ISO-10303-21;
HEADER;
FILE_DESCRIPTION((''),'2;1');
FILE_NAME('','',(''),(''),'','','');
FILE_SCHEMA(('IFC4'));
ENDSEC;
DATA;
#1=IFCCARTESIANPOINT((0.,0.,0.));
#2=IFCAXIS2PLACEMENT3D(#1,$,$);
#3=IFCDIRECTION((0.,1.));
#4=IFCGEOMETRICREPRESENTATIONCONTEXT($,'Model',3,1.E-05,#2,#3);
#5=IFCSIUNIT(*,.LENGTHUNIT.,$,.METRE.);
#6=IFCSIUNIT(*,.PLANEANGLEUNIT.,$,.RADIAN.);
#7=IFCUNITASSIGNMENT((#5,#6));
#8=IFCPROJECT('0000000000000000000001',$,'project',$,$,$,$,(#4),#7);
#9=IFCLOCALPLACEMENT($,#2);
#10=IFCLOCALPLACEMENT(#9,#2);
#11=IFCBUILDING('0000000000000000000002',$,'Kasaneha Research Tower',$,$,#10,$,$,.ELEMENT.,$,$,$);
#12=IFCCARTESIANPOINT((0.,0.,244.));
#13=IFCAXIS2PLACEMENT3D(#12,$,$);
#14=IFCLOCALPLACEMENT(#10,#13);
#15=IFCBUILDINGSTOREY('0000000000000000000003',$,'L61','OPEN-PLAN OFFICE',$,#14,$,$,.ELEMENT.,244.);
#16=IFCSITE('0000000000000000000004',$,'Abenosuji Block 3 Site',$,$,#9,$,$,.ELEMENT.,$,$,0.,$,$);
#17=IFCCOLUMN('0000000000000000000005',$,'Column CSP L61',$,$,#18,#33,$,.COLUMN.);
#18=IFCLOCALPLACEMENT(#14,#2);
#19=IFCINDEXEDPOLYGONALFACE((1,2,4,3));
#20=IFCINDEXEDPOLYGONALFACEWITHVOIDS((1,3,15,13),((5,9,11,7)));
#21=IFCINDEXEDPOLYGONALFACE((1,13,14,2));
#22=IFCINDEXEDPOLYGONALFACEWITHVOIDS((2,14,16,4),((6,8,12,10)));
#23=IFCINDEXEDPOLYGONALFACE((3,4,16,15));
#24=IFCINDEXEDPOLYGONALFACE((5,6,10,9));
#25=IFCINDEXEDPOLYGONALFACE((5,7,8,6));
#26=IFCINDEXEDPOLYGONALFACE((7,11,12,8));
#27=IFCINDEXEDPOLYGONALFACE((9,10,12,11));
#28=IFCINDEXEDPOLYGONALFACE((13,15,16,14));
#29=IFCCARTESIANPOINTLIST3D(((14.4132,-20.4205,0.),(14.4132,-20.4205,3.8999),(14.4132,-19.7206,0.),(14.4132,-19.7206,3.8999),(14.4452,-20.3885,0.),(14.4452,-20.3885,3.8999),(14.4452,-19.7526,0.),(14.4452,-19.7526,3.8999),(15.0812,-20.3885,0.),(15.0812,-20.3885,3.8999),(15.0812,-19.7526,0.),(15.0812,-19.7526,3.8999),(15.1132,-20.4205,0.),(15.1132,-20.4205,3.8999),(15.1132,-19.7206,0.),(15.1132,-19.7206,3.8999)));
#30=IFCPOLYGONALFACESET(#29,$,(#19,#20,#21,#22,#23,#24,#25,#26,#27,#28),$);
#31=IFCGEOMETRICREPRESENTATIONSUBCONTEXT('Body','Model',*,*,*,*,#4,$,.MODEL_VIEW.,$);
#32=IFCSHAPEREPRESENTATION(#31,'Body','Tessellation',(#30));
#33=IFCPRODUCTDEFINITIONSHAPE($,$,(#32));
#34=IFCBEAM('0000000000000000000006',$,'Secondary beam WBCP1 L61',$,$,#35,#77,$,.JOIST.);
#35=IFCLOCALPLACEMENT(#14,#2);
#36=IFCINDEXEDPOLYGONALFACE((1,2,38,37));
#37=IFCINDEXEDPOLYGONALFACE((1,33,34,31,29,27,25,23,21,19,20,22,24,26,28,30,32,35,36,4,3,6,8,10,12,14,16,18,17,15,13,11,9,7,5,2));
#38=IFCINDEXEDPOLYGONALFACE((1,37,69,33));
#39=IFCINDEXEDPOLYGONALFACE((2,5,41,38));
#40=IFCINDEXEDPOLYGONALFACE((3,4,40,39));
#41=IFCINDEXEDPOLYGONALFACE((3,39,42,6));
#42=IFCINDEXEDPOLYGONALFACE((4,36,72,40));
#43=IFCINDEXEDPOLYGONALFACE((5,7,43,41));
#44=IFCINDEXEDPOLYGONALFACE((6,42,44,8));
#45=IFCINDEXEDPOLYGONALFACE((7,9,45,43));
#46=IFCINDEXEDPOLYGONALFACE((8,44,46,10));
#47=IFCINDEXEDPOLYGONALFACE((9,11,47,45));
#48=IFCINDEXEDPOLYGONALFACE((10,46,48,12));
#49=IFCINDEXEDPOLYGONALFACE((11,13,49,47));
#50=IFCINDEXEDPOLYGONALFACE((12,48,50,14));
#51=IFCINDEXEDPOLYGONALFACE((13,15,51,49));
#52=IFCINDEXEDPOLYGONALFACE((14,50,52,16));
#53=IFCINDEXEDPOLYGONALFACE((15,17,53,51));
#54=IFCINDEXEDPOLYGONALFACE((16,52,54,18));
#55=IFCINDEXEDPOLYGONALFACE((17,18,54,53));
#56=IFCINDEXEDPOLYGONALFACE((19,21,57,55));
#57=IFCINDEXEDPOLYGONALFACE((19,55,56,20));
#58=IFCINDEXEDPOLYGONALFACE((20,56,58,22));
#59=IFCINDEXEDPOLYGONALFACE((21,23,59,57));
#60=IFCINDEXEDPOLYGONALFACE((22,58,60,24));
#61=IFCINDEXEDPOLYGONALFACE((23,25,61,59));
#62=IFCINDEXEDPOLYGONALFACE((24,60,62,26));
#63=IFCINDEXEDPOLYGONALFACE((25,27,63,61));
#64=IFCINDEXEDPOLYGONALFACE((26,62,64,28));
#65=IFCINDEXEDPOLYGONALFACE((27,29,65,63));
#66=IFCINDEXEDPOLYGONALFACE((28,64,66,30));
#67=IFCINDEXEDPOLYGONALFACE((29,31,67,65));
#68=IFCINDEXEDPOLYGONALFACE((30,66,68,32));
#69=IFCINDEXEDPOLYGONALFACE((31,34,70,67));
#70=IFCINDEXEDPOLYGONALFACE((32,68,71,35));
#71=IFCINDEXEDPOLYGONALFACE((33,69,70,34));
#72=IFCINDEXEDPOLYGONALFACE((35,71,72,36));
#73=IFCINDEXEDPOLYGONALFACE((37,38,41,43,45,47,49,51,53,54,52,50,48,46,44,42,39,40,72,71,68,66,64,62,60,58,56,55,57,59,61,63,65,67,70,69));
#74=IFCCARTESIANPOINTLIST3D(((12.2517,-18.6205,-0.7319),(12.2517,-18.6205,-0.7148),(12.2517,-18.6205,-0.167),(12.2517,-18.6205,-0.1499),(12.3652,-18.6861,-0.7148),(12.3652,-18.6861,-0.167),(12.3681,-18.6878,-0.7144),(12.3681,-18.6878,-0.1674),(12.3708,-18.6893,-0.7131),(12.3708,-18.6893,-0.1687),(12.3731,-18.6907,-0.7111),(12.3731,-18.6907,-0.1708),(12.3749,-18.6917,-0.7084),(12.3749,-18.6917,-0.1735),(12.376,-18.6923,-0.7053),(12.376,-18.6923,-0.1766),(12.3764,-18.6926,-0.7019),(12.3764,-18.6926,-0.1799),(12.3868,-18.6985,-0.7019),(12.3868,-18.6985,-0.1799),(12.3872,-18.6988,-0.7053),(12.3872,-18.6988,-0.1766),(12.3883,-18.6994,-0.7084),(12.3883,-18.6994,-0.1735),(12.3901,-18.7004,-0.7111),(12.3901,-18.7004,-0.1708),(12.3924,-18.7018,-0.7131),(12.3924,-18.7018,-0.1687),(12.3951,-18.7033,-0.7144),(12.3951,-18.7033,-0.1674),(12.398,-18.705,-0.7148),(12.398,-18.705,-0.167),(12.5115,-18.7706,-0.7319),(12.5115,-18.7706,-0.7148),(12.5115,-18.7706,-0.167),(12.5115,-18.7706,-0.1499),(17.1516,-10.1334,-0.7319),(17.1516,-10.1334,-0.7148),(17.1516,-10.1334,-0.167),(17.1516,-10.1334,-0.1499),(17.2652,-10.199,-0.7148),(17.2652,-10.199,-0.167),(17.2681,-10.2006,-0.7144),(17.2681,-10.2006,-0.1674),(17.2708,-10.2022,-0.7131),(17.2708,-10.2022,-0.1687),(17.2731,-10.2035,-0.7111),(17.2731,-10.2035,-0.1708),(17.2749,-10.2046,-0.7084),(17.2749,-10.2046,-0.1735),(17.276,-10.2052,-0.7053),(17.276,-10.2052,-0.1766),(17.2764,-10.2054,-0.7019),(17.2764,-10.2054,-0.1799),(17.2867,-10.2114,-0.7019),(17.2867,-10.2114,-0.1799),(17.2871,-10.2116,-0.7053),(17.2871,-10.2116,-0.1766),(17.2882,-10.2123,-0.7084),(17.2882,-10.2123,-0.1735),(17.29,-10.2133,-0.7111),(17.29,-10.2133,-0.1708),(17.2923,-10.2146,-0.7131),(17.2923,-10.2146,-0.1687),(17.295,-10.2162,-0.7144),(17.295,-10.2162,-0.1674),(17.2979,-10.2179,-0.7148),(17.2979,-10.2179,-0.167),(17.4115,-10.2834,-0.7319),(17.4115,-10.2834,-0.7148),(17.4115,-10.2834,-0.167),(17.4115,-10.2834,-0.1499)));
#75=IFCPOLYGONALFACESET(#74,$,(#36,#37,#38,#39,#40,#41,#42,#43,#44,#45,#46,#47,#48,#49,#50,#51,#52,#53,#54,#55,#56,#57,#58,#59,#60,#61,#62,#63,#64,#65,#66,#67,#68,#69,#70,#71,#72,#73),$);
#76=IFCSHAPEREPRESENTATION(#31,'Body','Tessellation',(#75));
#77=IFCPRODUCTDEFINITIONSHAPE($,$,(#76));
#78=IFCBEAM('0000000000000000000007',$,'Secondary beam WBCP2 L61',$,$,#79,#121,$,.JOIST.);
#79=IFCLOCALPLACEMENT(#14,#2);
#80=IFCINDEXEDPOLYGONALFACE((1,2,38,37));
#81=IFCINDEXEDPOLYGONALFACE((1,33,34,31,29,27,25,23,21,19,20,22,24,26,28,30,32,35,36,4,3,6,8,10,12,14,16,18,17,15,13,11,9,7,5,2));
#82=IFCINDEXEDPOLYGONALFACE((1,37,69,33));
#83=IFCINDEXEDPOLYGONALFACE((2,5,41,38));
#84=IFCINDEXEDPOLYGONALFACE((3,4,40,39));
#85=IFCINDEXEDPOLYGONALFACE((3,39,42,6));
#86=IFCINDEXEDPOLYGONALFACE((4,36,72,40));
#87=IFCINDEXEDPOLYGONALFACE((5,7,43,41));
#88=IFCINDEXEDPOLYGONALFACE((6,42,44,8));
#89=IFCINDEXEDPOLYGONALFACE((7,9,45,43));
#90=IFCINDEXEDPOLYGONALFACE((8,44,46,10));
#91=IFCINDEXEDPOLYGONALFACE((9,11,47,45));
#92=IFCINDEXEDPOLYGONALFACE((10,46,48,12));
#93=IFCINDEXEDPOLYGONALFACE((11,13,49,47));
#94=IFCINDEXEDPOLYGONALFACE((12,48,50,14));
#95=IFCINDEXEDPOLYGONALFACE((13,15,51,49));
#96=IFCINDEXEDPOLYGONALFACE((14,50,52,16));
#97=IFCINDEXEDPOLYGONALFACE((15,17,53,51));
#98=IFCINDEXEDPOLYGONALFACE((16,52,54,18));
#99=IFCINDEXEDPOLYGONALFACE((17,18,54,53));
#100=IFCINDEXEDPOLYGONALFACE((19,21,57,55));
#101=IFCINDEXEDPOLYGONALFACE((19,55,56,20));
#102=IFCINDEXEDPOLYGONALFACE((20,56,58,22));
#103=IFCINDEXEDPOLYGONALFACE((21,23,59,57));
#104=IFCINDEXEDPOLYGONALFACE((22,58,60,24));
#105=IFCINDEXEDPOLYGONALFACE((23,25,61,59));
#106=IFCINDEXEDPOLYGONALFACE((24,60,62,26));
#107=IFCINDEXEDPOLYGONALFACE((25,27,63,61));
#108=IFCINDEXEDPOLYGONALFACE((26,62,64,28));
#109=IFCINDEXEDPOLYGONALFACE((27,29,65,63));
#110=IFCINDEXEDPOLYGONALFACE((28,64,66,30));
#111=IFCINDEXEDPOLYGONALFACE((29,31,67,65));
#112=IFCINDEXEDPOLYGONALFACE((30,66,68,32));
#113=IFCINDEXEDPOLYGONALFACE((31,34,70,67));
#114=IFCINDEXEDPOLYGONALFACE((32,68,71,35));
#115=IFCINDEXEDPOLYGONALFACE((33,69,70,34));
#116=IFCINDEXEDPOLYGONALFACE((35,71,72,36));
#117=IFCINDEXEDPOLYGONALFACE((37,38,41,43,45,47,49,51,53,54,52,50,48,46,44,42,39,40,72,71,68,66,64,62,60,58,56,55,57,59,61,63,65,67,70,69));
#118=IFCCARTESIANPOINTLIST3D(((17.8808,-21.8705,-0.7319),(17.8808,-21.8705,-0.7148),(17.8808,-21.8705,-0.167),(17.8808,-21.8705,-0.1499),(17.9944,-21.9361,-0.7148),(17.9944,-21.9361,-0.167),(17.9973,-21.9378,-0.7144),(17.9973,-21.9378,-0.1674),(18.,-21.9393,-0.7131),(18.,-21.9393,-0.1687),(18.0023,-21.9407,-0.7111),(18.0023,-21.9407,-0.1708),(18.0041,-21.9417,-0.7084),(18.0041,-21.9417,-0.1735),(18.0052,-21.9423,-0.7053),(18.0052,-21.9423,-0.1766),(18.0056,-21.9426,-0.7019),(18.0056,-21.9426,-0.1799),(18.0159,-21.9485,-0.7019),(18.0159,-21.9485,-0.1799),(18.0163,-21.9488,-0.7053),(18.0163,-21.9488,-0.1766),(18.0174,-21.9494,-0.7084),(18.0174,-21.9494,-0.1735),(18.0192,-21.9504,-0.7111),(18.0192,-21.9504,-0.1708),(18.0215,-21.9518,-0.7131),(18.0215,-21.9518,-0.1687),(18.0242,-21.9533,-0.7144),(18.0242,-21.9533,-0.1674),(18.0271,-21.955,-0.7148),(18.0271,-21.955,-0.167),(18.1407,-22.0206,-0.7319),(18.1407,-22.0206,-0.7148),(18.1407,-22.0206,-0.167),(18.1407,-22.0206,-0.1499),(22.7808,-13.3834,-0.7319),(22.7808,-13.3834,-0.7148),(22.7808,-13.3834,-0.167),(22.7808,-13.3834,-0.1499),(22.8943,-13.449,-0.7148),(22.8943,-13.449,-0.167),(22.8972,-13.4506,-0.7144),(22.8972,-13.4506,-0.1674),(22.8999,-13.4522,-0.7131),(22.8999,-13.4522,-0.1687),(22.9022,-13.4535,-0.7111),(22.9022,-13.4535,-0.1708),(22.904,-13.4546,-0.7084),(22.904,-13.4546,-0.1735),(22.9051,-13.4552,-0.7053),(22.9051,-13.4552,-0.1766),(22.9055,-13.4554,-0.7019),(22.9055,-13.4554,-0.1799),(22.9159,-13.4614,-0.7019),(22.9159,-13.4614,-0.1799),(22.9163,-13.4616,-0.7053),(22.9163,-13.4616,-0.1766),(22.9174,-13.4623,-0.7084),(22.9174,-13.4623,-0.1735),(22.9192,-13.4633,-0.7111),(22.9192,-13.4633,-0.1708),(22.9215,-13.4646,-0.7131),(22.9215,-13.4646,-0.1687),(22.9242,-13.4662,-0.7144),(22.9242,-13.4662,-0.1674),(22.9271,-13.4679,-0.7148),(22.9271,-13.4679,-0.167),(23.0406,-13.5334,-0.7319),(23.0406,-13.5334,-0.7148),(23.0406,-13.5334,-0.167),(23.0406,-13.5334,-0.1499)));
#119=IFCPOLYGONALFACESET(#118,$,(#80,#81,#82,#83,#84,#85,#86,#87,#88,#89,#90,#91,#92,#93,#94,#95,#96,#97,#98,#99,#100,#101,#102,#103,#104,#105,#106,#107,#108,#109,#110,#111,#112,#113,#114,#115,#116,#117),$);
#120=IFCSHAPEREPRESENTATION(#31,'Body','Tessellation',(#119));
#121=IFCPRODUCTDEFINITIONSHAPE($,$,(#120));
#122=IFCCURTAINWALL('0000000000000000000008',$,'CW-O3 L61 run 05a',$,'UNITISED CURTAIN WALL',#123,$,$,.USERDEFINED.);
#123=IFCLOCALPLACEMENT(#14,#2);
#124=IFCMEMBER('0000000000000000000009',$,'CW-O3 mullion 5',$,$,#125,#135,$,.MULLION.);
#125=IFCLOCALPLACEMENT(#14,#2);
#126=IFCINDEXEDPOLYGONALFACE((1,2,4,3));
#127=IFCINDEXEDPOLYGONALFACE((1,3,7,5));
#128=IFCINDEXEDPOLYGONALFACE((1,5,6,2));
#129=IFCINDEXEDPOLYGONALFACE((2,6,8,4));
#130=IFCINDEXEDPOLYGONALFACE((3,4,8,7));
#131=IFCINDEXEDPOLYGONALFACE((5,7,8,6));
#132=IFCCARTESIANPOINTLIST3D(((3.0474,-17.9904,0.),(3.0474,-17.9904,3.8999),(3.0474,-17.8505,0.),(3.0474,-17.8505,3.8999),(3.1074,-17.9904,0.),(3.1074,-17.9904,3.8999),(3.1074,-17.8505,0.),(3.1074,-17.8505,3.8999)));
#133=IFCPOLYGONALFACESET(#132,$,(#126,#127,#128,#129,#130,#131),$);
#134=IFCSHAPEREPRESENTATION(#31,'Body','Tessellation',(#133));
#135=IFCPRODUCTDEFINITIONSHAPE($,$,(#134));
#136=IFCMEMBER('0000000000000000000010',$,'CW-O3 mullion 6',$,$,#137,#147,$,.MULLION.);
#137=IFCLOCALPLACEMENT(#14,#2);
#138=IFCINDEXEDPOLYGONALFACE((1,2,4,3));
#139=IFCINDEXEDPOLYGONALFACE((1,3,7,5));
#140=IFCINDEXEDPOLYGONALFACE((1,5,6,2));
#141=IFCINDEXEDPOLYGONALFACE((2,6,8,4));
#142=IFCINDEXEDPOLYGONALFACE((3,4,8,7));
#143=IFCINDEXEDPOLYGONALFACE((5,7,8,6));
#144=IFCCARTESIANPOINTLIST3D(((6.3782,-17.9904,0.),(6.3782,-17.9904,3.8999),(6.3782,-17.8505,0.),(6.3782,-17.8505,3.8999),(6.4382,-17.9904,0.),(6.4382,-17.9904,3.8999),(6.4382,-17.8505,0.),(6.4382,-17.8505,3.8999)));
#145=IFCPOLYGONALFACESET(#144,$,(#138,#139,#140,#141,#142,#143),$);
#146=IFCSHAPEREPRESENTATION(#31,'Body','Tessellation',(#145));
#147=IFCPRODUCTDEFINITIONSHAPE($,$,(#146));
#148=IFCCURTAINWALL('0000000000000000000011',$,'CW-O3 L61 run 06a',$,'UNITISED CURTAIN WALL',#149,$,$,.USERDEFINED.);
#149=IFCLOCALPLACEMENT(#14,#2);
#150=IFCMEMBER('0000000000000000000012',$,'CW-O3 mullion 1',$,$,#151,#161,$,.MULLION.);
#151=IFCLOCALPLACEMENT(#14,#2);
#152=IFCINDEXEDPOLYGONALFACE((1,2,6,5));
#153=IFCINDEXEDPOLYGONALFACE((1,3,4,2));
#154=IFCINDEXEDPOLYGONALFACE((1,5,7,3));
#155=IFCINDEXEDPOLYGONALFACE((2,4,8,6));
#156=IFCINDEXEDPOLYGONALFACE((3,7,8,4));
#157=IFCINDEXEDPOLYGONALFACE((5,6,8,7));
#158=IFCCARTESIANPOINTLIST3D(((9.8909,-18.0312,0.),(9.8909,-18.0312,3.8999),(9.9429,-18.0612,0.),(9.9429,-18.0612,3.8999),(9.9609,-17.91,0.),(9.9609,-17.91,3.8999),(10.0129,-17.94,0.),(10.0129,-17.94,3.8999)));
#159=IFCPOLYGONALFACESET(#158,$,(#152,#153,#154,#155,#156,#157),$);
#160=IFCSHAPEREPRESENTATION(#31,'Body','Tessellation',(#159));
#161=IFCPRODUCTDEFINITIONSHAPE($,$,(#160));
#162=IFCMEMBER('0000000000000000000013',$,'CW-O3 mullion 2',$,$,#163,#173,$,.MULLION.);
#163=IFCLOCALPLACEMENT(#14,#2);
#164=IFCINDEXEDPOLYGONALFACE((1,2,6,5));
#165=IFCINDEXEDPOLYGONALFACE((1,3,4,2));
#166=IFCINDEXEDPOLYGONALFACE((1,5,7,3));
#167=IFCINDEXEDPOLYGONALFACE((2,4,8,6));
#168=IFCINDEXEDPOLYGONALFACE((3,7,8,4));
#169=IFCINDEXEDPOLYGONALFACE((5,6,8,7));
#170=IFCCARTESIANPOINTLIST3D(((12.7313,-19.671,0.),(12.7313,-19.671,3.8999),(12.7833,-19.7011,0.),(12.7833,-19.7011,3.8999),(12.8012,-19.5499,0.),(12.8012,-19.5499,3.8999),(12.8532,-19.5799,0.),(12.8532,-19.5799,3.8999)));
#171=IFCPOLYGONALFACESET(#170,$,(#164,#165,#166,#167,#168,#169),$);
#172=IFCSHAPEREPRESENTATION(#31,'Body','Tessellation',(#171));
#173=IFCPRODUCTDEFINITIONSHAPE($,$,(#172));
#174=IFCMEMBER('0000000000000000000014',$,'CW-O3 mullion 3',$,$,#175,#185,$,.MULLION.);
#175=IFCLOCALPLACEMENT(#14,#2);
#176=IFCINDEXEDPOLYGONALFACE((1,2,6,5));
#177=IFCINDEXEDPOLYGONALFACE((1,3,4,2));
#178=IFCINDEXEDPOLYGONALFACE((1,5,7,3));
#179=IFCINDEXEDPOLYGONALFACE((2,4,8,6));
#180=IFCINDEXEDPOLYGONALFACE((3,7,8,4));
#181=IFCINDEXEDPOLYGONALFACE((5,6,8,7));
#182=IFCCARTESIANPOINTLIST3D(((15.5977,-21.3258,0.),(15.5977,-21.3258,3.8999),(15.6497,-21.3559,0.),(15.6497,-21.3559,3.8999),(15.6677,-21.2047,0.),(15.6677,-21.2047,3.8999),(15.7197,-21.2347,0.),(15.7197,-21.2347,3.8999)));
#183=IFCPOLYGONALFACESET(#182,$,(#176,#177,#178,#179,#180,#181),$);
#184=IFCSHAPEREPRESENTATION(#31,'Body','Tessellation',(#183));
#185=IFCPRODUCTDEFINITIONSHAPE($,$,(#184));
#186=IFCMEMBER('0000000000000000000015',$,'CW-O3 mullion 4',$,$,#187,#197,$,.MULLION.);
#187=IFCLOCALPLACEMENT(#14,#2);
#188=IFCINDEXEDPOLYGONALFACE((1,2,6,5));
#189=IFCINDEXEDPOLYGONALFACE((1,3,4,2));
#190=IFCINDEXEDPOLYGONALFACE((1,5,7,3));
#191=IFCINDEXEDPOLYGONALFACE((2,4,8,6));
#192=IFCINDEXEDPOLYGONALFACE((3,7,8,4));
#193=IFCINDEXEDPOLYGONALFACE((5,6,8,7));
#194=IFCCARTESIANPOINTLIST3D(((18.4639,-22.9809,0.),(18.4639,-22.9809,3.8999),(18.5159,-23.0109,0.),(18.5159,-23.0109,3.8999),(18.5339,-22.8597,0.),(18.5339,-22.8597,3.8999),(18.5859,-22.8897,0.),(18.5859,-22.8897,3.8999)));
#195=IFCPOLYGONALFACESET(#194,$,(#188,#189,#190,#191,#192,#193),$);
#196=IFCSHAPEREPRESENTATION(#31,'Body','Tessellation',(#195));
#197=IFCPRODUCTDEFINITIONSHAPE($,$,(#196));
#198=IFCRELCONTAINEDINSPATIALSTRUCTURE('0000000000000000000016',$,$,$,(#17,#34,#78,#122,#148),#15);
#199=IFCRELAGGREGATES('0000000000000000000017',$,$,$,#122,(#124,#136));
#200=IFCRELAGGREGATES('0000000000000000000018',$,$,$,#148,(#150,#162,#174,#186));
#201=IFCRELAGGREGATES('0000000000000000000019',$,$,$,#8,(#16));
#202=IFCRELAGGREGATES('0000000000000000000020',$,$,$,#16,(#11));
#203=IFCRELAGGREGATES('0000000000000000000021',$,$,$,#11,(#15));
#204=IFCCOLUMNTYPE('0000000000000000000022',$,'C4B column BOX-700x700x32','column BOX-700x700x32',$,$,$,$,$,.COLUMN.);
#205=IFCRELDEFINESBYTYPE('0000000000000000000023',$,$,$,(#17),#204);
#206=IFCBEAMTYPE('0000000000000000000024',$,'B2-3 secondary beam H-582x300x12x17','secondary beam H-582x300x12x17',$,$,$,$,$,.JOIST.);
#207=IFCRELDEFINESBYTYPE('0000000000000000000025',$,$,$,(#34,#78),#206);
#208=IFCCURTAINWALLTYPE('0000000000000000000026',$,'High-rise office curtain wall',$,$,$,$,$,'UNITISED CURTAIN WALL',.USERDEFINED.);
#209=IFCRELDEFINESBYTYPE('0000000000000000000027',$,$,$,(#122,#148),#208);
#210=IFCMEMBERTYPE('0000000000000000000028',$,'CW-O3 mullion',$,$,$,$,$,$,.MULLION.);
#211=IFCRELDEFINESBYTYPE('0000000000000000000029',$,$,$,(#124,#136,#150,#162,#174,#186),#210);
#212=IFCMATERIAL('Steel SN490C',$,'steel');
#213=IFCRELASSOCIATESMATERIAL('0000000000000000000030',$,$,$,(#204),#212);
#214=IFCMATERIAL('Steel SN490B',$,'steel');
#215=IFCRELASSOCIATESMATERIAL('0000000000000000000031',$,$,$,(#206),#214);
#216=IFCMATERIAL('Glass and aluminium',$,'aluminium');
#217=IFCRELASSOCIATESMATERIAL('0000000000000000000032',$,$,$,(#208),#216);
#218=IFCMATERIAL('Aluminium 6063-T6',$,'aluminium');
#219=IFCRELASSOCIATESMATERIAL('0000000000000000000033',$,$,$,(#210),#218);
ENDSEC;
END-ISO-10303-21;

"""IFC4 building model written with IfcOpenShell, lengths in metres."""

from ifc_helpers import new_model, si_unit, direction, frame, origin, origin_2d, place, context, subcontext, project, spatial, rectangle, hollow_rectangle, i_section, extrude, material, material_profile, profile_set, type_object, element, aggregate, save


model = new_model("IFC4")

# Units and contexts
model_context = context("Model", 3, precision=1e-05, world=origin(), true_north=direction((0.0, 1.0)))
body_context = subcontext(model_context, "Body", "Model", "MODEL_VIEW")
ifc_project = project(units=[si_unit("LENGTHUNIT", "METRE"), si_unit("PLANEANGLEUNIT", "RADIAN")], contexts=[model_context])

# Site, building, storey
site_placement = place(None, origin())
site = spatial("IfcSite", under=ifc_project, at=site_placement, Name="Abenosuji Block 3 Site", CompositionType="ELEMENT", RefElevation=0.0)
building_placement = place(site_placement, origin())
building = spatial("IfcBuilding", under=site, at=building_placement, Name="Kasaneha Research Tower", CompositionType="ELEMENT")
storey_placement = place(building_placement, frame((0.0, 0.0, 244.0)))
storey = spatial("IfcBuildingStorey", under=building, at=storey_placement, Name="L61", Description="OPEN-PLAN OFFICE", CompositionType="ELEMENT", Elevation=244.0)

# Column
ifc_material_1 = material(Name="Steel SN490C", Category="steel")
ifc_material_profile_1 = material_profile(ifc_material_1, hollow_rectangle(XDim=0.7, YDim=0.7, WallThickness=0.032, at=origin_2d()), Name="BOX-700x700x32")
ifc_profile_set_1 = profile_set([ifc_material_profile_1], Name="Steel SN490C")
column_type = type_object("IfcColumnType", Name="C4B column BOX-700x700x32", Description="column BOX-700x700x32", PredefinedType="COLUMN", material=ifc_profile_set_1)
column_placement = place(storey_placement, frame((14.7632, -20.0706, 0.0), z_axis=(0.0, 0.0, 1.0), x_axis=(1.0, 0.0, 0.0)))
element("IfcColumn", 1, at=column_placement, inside=storey, type_object=column_type, Name="Column CSP L61", PredefinedType="COLUMN", context=body_context, shape_type="SweptSolid", body=[
    extrude(hollow_rectangle(XDim=0.7, YDim=0.7, WallThickness=0.032, at=origin_2d()), origin(), (0.0, 0.0, 1.0), 3.8999),
])

# Beams
ifc_material_2 = material(Name="Steel SN490B", Category="steel")
ifc_material_profile_2 = material_profile(ifc_material_2, i_section(OverallWidth=0.3, OverallDepth=0.582, WebThickness=0.012, FlangeThickness=0.0171, FilletRadius=0.0129, at=origin_2d()), Name="H-582x300x12x17")
ifc_profile_set_2 = profile_set([ifc_material_profile_2], Name="Steel SN490B")
beam_type_1 = type_object("IfcBeamType", Name="B2-3 secondary beam H-582x300x12x17", Description="secondary beam H-582x300x12x17", PredefinedType="JOIST", material=ifc_profile_set_2)
for number, where, z_axis, x_axis, name in (
    (2, (12.3816, -18.6956, -0.4409), (0.499992, 0.86603, 0.0), (-0.86603, 0.499992, 0.0), "Secondary beam WBCP1 L61"),
    (3, (18.0107, -21.9456, -0.4409), (0.499992, 0.86603, 0.0), (-0.86603, 0.499992, 0.0), "Secondary beam WBCP2 L61"),
):
    element("IfcBeam", number, at=place(storey_placement, frame(where, z_axis=z_axis, x_axis=x_axis)), inside=storey, type_object=beam_type_1, Name=name, PredefinedType="JOIST", context=body_context, shape_type="SweptSolid", body=[
        extrude(i_section(OverallWidth=0.3, OverallDepth=0.582, WebThickness=0.012, FlangeThickness=0.0171, FilletRadius=0.0129, at=origin_2d()), origin(), (0.0, 0.0, 1.0), 9.8),
    ])

# Curtain walls, members
ifc_material_3 = material(Name="Glass and aluminium", Category="aluminium")
curtain_wall_type = type_object("IfcCurtainWallType", Name="High-rise office curtain wall", ElementType="UNITISED CURTAIN WALL", PredefinedType="USERDEFINED", material=ifc_material_3)
curtain_wall_1_placement = place(storey_placement, origin())
curtain_wall_1 = element("IfcCurtainWall", 4, at=curtain_wall_1_placement, inside=storey, type_object=curtain_wall_type, Name="CW-O3 L61 run 05a", ObjectType="UNITISED CURTAIN WALL", PredefinedType="USERDEFINED")
ifc_material_4 = material(Name="Aluminium 6063-T6", Category="aluminium")
ifc_material_profile_3 = material_profile(ifc_material_4, rectangle(XDim=0.0601, YDim=0.1399, at=origin_2d()), Name="CW-O3 mullion 60x140")
ifc_profile_set_3 = profile_set([ifc_material_profile_3], Name="Aluminium 6063-T6")
member_type_1 = type_object("IfcMemberType", Name="CW-O3 mullion", PredefinedType="MULLION", material=ifc_profile_set_3)
member_1_placement = place(storey_placement, frame((3.0774, -17.9204, 0.0), z_axis=(0.0, 0.0, 1.0), x_axis=(1.0, 0.0, 0.0)))
member_1 = element("IfcMember", 5, at=member_1_placement, type_object=member_type_1, Name="CW-O3 mullion 5", PredefinedType="MULLION", context=body_context, shape_type="SweptSolid", body=[
    extrude(rectangle(XDim=0.0601, YDim=0.1399, at=origin_2d()), origin(), (0.0, 0.0, 1.0), 3.8999),
])
member_2_placement = place(storey_placement, frame((6.4082, -17.9204, 0.0), z_axis=(0.0, 0.0, 1.0), x_axis=(1.0, 0.0, 0.0)))
member_2 = element("IfcMember", 6, at=member_2_placement, type_object=member_type_1, Name="CW-O3 mullion 6", PredefinedType="MULLION", context=body_context, shape_type="SweptSolid", body=[
    extrude(rectangle(XDim=0.0601, YDim=0.1399, at=origin_2d()), origin(), (0.0, 0.0, 1.0), 3.8999),
])
curtain_wall_2_placement = place(storey_placement, origin())
curtain_wall_2 = element("IfcCurtainWall", 7, at=curtain_wall_2_placement, inside=storey, type_object=curtain_wall_type, Name="CW-O3 L61 run 06a", ObjectType="UNITISED CURTAIN WALL", PredefinedType="USERDEFINED")
member_3_placement = place(storey_placement, frame((9.9519, -17.9856, 0.0), z_axis=(0.0, 0.0, 1.0), x_axis=(0.866025, -0.5, 0.0)))
member_3 = element("IfcMember", 8, at=member_3_placement, type_object=member_type_1, Name="CW-O3 mullion 1", PredefinedType="MULLION", context=body_context, shape_type="SweptSolid", body=[
    extrude(rectangle(XDim=0.0601, YDim=0.1399, at=origin_2d()), origin(), (0.0, 0.0, 1.0), 3.8999),
])
member_4_placement = place(storey_placement, frame((12.7922, -19.6255, 0.0), z_axis=(0.0, 0.0, 1.0), x_axis=(0.866025, -0.5, 0.0)))
member_4 = element("IfcMember", 9, at=member_4_placement, type_object=member_type_1, Name="CW-O3 mullion 2", PredefinedType="MULLION", context=body_context, shape_type="SweptSolid", body=[
    extrude(rectangle(XDim=0.0601, YDim=0.1399, at=origin_2d()), origin(), (0.0, 0.0, 1.0), 3.8999),
])
member_5_placement = place(storey_placement, frame((15.6587, -21.2803, 0.0), z_axis=(0.0, 0.0, 1.0), x_axis=(0.866025, -0.5, 0.0)))
member_5 = element("IfcMember", 10, at=member_5_placement, type_object=member_type_1, Name="CW-O3 mullion 3", PredefinedType="MULLION", context=body_context, shape_type="SweptSolid", body=[
    extrude(rectangle(XDim=0.0601, YDim=0.1399, at=origin_2d()), origin(), (0.0, 0.0, 1.0), 3.8999),
])
member_6_placement = place(storey_placement, frame((18.5249, -22.9353, 0.0), z_axis=(0.0, 0.0, 1.0), x_axis=(0.866025, -0.5, 0.0)))
member_6 = element("IfcMember", 11, at=member_6_placement, type_object=member_type_1, Name="CW-O3 mullion 4", PredefinedType="MULLION", context=body_context, shape_type="SweptSolid", body=[
    extrude(rectangle(XDim=0.0601, YDim=0.1399, at=origin_2d()), origin(), (0.0, 0.0, 1.0), 3.8999),
])

aggregate(curtain_wall_1, [member_1, member_2])
aggregate(curtain_wall_2, [member_3, member_4, member_5, member_6])

save(model, "model.ifc")
